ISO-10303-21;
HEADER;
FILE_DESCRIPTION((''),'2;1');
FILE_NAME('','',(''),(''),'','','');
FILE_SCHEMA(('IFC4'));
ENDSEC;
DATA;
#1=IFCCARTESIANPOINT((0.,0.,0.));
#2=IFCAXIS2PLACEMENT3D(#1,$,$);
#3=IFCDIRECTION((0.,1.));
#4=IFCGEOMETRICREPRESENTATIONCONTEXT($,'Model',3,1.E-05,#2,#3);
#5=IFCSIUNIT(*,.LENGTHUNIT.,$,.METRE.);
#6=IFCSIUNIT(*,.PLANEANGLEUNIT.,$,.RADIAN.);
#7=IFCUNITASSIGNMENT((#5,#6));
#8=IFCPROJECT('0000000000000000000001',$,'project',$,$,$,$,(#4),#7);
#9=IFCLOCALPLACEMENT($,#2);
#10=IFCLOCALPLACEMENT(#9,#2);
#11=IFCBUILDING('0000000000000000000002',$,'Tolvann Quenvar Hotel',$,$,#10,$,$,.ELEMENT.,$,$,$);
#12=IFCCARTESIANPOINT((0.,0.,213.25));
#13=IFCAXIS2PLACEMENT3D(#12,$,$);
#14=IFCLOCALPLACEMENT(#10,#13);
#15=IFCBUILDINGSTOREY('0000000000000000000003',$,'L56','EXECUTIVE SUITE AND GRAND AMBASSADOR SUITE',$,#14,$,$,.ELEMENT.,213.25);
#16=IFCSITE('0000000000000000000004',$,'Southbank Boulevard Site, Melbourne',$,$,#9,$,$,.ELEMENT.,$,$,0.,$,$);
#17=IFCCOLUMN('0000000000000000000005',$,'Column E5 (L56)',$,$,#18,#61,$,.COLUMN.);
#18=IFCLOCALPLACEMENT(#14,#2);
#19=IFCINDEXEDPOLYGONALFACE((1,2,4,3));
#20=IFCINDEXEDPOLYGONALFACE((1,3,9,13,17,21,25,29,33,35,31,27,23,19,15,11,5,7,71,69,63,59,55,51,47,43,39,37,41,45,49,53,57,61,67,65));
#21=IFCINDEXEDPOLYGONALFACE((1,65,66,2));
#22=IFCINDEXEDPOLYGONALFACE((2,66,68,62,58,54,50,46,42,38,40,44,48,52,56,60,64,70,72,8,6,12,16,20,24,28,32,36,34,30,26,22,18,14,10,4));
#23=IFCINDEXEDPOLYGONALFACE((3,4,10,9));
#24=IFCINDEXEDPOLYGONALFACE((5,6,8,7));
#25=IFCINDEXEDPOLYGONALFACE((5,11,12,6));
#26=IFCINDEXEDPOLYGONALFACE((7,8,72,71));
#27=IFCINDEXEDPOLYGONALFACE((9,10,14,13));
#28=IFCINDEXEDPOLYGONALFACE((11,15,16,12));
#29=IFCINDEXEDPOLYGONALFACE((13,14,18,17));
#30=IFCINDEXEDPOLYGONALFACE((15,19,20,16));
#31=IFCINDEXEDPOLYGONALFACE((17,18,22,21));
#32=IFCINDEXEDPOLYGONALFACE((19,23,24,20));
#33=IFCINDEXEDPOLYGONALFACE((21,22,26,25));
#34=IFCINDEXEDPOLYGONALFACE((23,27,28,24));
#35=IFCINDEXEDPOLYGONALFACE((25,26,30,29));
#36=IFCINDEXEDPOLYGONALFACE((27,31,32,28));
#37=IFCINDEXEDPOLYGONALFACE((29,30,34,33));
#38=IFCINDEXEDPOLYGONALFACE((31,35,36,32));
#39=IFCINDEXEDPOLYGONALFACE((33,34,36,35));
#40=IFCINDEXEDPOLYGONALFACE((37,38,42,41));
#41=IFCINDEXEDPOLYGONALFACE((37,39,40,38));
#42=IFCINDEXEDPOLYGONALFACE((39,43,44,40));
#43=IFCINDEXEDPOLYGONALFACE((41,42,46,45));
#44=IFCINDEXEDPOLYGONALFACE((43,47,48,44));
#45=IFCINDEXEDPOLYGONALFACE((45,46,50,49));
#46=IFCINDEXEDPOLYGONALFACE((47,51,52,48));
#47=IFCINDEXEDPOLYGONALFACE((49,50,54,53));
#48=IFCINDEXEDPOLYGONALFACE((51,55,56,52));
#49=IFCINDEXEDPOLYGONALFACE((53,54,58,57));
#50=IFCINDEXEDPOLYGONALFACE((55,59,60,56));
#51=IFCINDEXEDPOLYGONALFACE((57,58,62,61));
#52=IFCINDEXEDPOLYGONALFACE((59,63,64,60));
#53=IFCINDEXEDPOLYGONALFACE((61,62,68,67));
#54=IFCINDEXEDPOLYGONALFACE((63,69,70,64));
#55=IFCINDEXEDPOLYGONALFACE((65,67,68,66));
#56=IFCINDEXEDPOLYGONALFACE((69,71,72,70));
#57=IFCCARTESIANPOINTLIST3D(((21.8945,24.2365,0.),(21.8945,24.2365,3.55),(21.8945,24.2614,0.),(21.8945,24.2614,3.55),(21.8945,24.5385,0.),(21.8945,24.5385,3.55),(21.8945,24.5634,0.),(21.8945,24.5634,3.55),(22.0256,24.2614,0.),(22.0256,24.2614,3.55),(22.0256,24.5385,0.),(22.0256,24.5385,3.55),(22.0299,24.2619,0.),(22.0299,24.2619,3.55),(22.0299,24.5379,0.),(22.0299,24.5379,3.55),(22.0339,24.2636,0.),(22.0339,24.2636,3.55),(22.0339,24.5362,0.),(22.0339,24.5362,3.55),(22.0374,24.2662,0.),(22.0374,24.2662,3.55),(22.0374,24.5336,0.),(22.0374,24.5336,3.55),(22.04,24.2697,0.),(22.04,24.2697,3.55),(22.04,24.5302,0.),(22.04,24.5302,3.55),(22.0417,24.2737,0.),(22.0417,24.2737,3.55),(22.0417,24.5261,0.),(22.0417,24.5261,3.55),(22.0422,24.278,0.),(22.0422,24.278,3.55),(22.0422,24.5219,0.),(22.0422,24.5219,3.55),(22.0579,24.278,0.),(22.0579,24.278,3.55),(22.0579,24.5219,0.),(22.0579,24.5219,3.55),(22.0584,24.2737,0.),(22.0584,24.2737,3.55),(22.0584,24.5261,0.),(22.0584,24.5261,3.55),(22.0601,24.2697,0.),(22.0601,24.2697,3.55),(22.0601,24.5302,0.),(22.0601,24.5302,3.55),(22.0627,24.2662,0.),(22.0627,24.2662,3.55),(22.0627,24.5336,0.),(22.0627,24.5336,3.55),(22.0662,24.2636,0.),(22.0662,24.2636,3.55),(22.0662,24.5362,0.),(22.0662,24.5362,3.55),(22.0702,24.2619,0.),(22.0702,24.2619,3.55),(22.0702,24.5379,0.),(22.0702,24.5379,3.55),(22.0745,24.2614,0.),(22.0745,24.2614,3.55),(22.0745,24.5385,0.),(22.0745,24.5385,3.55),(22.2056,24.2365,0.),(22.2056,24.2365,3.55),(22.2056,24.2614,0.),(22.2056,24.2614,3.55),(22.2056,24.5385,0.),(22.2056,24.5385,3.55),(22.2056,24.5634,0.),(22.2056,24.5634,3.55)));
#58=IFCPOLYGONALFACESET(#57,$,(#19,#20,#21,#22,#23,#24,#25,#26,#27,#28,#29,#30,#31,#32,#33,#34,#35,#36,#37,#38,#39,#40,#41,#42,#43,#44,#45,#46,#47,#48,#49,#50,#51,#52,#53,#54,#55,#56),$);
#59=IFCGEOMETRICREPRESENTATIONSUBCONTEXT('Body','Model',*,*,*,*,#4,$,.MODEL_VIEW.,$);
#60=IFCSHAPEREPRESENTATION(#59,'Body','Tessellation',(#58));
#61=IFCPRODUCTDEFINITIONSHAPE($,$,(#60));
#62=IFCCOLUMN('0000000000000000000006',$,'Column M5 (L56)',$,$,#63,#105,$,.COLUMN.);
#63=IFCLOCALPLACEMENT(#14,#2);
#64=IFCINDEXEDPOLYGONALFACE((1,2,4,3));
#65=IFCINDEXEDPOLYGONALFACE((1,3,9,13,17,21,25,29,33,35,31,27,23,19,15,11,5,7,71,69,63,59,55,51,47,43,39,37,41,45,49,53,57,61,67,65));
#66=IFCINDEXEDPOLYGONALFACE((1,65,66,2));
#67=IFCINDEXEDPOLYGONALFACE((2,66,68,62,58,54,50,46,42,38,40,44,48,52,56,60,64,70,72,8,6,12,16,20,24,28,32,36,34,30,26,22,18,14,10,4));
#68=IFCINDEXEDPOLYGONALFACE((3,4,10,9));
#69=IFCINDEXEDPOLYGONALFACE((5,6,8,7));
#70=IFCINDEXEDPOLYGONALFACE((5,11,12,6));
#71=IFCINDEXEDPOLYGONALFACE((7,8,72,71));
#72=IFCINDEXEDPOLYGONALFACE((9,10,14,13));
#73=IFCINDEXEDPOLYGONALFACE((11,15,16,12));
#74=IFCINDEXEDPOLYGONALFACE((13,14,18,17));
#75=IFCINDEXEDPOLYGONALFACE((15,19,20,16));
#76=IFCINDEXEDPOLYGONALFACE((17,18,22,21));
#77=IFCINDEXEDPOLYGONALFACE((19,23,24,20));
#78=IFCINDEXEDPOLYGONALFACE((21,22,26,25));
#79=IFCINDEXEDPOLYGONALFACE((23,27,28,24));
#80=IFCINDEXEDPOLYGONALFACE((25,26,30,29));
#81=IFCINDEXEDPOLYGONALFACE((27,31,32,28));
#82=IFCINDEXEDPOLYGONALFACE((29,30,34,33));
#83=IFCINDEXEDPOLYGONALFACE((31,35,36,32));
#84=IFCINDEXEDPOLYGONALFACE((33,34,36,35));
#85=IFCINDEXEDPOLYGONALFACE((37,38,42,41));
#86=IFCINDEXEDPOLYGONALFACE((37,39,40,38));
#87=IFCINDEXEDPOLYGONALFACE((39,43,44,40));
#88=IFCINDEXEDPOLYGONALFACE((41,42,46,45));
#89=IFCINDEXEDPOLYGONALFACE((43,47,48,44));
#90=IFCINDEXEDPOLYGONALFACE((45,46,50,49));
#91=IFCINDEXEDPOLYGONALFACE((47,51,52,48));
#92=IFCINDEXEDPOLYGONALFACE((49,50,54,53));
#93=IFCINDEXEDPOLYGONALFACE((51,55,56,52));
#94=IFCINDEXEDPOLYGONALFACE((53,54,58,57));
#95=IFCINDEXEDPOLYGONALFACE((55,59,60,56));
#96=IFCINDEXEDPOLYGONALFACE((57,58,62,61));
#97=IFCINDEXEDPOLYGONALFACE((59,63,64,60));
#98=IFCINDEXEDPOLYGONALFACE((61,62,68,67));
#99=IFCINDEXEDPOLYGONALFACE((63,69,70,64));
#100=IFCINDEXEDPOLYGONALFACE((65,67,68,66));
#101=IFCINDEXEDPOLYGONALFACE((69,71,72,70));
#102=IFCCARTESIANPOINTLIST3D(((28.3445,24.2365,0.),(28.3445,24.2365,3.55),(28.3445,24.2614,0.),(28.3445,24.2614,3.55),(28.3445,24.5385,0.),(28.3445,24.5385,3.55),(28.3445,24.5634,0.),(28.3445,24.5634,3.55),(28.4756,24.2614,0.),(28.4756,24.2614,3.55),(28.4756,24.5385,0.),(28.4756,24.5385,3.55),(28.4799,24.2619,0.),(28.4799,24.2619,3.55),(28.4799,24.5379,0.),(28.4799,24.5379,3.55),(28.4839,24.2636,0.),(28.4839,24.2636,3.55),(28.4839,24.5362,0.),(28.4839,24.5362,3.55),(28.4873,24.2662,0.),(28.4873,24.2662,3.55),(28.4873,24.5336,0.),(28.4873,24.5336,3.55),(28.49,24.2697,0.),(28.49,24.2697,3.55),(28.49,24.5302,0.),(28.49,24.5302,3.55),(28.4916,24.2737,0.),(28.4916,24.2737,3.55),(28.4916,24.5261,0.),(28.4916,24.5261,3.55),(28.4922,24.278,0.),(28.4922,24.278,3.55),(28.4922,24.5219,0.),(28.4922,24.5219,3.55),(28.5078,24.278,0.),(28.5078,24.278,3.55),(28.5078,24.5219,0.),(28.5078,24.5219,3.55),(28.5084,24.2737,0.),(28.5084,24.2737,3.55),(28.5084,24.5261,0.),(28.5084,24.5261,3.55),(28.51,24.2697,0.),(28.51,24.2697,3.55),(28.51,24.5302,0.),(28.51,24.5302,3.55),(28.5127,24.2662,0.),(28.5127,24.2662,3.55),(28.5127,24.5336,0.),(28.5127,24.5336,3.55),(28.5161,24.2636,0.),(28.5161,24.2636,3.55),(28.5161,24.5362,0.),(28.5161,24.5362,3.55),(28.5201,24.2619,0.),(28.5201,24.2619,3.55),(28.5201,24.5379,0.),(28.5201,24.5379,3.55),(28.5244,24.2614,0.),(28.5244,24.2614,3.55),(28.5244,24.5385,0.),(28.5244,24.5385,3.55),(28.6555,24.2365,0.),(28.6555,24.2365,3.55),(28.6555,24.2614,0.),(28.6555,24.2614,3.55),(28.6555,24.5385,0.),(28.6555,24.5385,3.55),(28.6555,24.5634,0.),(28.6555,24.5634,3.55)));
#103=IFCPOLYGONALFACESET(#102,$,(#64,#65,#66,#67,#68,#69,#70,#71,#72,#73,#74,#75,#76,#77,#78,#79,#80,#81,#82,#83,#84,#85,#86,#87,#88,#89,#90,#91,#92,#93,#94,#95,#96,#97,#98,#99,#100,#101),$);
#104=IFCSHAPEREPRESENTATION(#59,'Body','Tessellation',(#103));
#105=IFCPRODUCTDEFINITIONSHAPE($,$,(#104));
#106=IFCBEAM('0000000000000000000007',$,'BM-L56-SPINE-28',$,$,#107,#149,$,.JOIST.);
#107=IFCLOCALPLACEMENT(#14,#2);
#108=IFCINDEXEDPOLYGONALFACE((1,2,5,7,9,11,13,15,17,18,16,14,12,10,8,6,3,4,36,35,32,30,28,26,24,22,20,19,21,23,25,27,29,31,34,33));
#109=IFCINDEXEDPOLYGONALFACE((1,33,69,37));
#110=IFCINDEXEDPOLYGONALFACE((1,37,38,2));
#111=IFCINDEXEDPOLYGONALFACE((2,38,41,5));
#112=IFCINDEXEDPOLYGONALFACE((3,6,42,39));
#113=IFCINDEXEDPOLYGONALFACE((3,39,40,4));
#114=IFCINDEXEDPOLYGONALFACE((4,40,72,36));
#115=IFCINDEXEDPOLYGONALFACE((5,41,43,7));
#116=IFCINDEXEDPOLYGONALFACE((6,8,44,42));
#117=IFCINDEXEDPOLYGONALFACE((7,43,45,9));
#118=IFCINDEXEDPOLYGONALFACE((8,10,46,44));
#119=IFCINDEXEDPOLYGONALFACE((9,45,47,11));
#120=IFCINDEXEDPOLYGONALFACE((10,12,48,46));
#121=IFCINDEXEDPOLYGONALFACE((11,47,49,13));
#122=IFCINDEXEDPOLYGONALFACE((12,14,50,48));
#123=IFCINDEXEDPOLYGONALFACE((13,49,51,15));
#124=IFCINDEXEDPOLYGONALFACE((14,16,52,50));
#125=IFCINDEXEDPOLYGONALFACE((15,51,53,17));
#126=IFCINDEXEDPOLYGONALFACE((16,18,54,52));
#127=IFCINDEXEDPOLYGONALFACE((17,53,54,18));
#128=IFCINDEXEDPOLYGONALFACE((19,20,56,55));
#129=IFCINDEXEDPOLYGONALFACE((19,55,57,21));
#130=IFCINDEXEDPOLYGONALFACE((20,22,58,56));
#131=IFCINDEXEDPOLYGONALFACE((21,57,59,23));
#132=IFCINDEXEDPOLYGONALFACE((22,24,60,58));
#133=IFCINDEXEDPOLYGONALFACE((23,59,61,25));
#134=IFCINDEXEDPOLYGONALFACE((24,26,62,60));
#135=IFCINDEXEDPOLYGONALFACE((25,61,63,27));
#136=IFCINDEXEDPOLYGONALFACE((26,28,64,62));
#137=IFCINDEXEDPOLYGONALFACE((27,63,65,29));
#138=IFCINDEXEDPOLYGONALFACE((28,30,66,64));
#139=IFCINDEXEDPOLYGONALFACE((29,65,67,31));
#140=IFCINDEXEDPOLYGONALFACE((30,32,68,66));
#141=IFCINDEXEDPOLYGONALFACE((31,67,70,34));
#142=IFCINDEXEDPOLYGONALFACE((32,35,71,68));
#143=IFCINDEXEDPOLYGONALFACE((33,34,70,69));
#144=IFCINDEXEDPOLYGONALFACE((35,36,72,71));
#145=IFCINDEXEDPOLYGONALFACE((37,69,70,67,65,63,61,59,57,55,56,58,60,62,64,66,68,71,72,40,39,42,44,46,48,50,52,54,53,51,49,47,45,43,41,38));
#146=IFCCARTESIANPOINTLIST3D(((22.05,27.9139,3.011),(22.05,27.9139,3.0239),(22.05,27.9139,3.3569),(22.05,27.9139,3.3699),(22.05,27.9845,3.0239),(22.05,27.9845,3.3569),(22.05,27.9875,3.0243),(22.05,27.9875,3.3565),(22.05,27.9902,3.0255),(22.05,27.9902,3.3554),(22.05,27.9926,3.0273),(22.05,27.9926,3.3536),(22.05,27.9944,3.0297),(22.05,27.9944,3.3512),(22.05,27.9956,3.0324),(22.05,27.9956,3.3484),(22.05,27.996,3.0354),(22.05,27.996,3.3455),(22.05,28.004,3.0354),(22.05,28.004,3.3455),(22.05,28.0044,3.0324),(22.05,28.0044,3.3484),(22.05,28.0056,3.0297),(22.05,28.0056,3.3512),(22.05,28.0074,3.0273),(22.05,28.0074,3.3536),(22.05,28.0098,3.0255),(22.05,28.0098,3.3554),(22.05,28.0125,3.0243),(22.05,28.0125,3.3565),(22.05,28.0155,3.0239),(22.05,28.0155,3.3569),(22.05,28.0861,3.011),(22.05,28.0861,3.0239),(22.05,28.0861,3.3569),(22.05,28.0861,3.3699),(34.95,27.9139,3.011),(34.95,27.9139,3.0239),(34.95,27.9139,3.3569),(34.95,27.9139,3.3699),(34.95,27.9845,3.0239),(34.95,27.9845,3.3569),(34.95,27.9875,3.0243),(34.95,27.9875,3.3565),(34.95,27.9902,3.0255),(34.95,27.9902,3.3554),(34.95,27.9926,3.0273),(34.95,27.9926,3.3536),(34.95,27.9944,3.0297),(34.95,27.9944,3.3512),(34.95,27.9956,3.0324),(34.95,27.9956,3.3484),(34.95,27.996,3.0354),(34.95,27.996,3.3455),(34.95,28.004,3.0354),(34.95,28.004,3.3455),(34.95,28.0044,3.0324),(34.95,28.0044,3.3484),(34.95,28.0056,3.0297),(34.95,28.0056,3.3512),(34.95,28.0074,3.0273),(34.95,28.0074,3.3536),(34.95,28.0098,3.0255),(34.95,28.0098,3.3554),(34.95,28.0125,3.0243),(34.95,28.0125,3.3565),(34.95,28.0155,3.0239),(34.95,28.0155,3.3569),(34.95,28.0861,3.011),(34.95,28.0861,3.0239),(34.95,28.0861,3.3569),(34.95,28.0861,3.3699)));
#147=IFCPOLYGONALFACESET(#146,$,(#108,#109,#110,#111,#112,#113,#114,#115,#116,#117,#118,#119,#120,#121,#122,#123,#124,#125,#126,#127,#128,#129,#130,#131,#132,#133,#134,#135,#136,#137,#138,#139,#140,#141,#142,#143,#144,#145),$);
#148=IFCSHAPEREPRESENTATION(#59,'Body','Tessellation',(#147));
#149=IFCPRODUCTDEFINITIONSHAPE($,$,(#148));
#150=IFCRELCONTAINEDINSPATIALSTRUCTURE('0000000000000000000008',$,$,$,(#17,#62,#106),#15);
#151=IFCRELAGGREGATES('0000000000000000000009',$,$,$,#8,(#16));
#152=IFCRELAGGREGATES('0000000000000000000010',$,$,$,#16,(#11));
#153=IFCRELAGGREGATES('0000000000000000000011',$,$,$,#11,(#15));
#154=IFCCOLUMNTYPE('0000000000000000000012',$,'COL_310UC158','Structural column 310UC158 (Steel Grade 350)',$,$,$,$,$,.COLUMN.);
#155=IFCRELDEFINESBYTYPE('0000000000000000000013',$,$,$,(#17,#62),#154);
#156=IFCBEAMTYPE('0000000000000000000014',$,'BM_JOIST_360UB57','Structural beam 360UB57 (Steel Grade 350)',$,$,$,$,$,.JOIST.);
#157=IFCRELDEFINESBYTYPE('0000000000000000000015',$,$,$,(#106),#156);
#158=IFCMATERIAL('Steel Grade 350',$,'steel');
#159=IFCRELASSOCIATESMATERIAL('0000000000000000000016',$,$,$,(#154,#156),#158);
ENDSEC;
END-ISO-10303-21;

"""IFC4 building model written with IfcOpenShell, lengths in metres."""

from ifc_helpers import new_model, si_unit, direction, frame, origin, origin_2d, place, context, subcontext, project, spatial, i_section, extrude, source, transform, mapped, material, material_profile, profile_set, type_object, type_shapes, element, save


model = new_model("IFC4")

# Units and contexts
model_context = context("Model", 3, precision=1e-05, world=origin(), true_north=direction((0.0, 1.0)))
body_context = subcontext(model_context, "Body", "Model", "MODEL_VIEW")
ifc_project = project(units=[si_unit("LENGTHUNIT", "METRE"), si_unit("PLANEANGLEUNIT", "RADIAN")], contexts=[model_context])

# Site, building, storey
site_placement = place(None, origin())
site = spatial("IfcSite", under=ifc_project, at=site_placement, Name="Southbank Boulevard Site, Melbourne", CompositionType="ELEMENT", RefElevation=0.0)
building_placement = place(site_placement, origin())
building = spatial("IfcBuilding", under=site, at=building_placement, Name="Tolvann Quenvar Hotel", CompositionType="ELEMENT")
storey_placement = place(building_placement, frame((0.0, 0.0, 213.25)))
storey = spatial("IfcBuildingStorey", under=building, at=storey_placement, Name="L56", Description="EXECUTIVE SUITE AND GRAND AMBASSADOR SUITE", CompositionType="ELEMENT", Elevation=213.25)

# Columns
ifc_material_1 = material(Name="Steel Grade 350", Category="steel")
ifc_material_profile_1 = material_profile(ifc_material_1, i_section(OverallWidth=0.311, OverallDepth=0.3269, WebThickness=0.0156, FlangeThickness=0.0249, FilletRadius=0.0166, at=origin_2d()), Name="310UC158")
ifc_profile_set_1 = profile_set([ifc_material_profile_1], Name="Steel Grade 350")
column_type = type_object("IfcColumnType", Name="COL_310UC158", Description="Structural column 310UC158 (Steel Grade 350)", PredefinedType="COLUMN", material=ifc_profile_set_1)
shared_shape_1 = source(origin(), body_context, "Body", "SweptSolid", [
    extrude(i_section(OverallWidth=0.311, OverallDepth=0.3269, WebThickness=0.0156, FlangeThickness=0.0249, FilletRadius=0.0166, at=origin_2d()), origin(), (0.0, 0.0, 1.0), 3.55),
])
type_shapes(column_type, [shared_shape_1])
for number, where, z_axis, x_axis, name in (
    (1, (22.05, 24.3999, 0.0), (0.0, 0.0, 1.0), (1.0, 0.0, 0.0), "Column E5 (L56)"),
    (2, (28.5, 24.3999, 0.0), (0.0, 0.0, 1.0), (1.0, 0.0, 0.0), "Column M5 (L56)"),
):
    element("IfcColumn", number, at=place(storey_placement, frame(where, z_axis=z_axis, x_axis=x_axis)), inside=storey, type_object=column_type, Name=name, PredefinedType="COLUMN", context=body_context, shape_type="MappedRepresentation", body=[
        mapped(shared_shape_1, transform((0.0, 0.0, 0.0), x_axis=(1.0, 0.0, 0.0), y_axis=(0.0, 1.0, 0.0), z_axis=(0.0, 0.0, 1.0), scale=1.0)),
    ])

# Beam
ifc_material_profile_2 = material_profile(ifc_material_1, i_section(OverallWidth=0.1721, OverallDepth=0.3589, WebThickness=0.0081, FlangeThickness=0.0129, FilletRadius=0.0115, at=origin_2d()), Name="360UB57")
ifc_profile_set_2 = profile_set([ifc_material_profile_2], Name="Steel Grade 350")
beam_type_1 = type_object("IfcBeamType", Name="BM_JOIST_360UB57", Description="Structural beam 360UB57 (Steel Grade 350)", PredefinedType="JOIST", material=ifc_profile_set_2)
shared_shape_2 = source(origin(), body_context, "Body", "SweptSolid", [
    extrude(i_section(OverallWidth=0.1721, OverallDepth=0.3589, WebThickness=0.0081, FlangeThickness=0.0129, FilletRadius=0.0115, at=origin_2d()), origin(), (0.0, 0.0, 1.0), 12.8999),
])
beam_1_placement = place(storey_placement, frame((22.05, 28.0, 3.1904), z_axis=(1.0, 0.0, 0.0), x_axis=(0.0, 1.0, 0.0)))
element("IfcBeam", 3, at=beam_1_placement, inside=storey, type_object=beam_type_1, Name="BM-L56-SPINE-28", PredefinedType="JOIST", context=body_context, shape_type="MappedRepresentation", body=[
    mapped(shared_shape_2, transform((0.0, 0.0, 0.0), x_axis=(1.0, 0.0, 0.0), y_axis=(0.0, 1.0, 0.0), z_axis=(0.0, 0.0, 1.0), scale=1.0)),
])

save(model, "model.ifc")
